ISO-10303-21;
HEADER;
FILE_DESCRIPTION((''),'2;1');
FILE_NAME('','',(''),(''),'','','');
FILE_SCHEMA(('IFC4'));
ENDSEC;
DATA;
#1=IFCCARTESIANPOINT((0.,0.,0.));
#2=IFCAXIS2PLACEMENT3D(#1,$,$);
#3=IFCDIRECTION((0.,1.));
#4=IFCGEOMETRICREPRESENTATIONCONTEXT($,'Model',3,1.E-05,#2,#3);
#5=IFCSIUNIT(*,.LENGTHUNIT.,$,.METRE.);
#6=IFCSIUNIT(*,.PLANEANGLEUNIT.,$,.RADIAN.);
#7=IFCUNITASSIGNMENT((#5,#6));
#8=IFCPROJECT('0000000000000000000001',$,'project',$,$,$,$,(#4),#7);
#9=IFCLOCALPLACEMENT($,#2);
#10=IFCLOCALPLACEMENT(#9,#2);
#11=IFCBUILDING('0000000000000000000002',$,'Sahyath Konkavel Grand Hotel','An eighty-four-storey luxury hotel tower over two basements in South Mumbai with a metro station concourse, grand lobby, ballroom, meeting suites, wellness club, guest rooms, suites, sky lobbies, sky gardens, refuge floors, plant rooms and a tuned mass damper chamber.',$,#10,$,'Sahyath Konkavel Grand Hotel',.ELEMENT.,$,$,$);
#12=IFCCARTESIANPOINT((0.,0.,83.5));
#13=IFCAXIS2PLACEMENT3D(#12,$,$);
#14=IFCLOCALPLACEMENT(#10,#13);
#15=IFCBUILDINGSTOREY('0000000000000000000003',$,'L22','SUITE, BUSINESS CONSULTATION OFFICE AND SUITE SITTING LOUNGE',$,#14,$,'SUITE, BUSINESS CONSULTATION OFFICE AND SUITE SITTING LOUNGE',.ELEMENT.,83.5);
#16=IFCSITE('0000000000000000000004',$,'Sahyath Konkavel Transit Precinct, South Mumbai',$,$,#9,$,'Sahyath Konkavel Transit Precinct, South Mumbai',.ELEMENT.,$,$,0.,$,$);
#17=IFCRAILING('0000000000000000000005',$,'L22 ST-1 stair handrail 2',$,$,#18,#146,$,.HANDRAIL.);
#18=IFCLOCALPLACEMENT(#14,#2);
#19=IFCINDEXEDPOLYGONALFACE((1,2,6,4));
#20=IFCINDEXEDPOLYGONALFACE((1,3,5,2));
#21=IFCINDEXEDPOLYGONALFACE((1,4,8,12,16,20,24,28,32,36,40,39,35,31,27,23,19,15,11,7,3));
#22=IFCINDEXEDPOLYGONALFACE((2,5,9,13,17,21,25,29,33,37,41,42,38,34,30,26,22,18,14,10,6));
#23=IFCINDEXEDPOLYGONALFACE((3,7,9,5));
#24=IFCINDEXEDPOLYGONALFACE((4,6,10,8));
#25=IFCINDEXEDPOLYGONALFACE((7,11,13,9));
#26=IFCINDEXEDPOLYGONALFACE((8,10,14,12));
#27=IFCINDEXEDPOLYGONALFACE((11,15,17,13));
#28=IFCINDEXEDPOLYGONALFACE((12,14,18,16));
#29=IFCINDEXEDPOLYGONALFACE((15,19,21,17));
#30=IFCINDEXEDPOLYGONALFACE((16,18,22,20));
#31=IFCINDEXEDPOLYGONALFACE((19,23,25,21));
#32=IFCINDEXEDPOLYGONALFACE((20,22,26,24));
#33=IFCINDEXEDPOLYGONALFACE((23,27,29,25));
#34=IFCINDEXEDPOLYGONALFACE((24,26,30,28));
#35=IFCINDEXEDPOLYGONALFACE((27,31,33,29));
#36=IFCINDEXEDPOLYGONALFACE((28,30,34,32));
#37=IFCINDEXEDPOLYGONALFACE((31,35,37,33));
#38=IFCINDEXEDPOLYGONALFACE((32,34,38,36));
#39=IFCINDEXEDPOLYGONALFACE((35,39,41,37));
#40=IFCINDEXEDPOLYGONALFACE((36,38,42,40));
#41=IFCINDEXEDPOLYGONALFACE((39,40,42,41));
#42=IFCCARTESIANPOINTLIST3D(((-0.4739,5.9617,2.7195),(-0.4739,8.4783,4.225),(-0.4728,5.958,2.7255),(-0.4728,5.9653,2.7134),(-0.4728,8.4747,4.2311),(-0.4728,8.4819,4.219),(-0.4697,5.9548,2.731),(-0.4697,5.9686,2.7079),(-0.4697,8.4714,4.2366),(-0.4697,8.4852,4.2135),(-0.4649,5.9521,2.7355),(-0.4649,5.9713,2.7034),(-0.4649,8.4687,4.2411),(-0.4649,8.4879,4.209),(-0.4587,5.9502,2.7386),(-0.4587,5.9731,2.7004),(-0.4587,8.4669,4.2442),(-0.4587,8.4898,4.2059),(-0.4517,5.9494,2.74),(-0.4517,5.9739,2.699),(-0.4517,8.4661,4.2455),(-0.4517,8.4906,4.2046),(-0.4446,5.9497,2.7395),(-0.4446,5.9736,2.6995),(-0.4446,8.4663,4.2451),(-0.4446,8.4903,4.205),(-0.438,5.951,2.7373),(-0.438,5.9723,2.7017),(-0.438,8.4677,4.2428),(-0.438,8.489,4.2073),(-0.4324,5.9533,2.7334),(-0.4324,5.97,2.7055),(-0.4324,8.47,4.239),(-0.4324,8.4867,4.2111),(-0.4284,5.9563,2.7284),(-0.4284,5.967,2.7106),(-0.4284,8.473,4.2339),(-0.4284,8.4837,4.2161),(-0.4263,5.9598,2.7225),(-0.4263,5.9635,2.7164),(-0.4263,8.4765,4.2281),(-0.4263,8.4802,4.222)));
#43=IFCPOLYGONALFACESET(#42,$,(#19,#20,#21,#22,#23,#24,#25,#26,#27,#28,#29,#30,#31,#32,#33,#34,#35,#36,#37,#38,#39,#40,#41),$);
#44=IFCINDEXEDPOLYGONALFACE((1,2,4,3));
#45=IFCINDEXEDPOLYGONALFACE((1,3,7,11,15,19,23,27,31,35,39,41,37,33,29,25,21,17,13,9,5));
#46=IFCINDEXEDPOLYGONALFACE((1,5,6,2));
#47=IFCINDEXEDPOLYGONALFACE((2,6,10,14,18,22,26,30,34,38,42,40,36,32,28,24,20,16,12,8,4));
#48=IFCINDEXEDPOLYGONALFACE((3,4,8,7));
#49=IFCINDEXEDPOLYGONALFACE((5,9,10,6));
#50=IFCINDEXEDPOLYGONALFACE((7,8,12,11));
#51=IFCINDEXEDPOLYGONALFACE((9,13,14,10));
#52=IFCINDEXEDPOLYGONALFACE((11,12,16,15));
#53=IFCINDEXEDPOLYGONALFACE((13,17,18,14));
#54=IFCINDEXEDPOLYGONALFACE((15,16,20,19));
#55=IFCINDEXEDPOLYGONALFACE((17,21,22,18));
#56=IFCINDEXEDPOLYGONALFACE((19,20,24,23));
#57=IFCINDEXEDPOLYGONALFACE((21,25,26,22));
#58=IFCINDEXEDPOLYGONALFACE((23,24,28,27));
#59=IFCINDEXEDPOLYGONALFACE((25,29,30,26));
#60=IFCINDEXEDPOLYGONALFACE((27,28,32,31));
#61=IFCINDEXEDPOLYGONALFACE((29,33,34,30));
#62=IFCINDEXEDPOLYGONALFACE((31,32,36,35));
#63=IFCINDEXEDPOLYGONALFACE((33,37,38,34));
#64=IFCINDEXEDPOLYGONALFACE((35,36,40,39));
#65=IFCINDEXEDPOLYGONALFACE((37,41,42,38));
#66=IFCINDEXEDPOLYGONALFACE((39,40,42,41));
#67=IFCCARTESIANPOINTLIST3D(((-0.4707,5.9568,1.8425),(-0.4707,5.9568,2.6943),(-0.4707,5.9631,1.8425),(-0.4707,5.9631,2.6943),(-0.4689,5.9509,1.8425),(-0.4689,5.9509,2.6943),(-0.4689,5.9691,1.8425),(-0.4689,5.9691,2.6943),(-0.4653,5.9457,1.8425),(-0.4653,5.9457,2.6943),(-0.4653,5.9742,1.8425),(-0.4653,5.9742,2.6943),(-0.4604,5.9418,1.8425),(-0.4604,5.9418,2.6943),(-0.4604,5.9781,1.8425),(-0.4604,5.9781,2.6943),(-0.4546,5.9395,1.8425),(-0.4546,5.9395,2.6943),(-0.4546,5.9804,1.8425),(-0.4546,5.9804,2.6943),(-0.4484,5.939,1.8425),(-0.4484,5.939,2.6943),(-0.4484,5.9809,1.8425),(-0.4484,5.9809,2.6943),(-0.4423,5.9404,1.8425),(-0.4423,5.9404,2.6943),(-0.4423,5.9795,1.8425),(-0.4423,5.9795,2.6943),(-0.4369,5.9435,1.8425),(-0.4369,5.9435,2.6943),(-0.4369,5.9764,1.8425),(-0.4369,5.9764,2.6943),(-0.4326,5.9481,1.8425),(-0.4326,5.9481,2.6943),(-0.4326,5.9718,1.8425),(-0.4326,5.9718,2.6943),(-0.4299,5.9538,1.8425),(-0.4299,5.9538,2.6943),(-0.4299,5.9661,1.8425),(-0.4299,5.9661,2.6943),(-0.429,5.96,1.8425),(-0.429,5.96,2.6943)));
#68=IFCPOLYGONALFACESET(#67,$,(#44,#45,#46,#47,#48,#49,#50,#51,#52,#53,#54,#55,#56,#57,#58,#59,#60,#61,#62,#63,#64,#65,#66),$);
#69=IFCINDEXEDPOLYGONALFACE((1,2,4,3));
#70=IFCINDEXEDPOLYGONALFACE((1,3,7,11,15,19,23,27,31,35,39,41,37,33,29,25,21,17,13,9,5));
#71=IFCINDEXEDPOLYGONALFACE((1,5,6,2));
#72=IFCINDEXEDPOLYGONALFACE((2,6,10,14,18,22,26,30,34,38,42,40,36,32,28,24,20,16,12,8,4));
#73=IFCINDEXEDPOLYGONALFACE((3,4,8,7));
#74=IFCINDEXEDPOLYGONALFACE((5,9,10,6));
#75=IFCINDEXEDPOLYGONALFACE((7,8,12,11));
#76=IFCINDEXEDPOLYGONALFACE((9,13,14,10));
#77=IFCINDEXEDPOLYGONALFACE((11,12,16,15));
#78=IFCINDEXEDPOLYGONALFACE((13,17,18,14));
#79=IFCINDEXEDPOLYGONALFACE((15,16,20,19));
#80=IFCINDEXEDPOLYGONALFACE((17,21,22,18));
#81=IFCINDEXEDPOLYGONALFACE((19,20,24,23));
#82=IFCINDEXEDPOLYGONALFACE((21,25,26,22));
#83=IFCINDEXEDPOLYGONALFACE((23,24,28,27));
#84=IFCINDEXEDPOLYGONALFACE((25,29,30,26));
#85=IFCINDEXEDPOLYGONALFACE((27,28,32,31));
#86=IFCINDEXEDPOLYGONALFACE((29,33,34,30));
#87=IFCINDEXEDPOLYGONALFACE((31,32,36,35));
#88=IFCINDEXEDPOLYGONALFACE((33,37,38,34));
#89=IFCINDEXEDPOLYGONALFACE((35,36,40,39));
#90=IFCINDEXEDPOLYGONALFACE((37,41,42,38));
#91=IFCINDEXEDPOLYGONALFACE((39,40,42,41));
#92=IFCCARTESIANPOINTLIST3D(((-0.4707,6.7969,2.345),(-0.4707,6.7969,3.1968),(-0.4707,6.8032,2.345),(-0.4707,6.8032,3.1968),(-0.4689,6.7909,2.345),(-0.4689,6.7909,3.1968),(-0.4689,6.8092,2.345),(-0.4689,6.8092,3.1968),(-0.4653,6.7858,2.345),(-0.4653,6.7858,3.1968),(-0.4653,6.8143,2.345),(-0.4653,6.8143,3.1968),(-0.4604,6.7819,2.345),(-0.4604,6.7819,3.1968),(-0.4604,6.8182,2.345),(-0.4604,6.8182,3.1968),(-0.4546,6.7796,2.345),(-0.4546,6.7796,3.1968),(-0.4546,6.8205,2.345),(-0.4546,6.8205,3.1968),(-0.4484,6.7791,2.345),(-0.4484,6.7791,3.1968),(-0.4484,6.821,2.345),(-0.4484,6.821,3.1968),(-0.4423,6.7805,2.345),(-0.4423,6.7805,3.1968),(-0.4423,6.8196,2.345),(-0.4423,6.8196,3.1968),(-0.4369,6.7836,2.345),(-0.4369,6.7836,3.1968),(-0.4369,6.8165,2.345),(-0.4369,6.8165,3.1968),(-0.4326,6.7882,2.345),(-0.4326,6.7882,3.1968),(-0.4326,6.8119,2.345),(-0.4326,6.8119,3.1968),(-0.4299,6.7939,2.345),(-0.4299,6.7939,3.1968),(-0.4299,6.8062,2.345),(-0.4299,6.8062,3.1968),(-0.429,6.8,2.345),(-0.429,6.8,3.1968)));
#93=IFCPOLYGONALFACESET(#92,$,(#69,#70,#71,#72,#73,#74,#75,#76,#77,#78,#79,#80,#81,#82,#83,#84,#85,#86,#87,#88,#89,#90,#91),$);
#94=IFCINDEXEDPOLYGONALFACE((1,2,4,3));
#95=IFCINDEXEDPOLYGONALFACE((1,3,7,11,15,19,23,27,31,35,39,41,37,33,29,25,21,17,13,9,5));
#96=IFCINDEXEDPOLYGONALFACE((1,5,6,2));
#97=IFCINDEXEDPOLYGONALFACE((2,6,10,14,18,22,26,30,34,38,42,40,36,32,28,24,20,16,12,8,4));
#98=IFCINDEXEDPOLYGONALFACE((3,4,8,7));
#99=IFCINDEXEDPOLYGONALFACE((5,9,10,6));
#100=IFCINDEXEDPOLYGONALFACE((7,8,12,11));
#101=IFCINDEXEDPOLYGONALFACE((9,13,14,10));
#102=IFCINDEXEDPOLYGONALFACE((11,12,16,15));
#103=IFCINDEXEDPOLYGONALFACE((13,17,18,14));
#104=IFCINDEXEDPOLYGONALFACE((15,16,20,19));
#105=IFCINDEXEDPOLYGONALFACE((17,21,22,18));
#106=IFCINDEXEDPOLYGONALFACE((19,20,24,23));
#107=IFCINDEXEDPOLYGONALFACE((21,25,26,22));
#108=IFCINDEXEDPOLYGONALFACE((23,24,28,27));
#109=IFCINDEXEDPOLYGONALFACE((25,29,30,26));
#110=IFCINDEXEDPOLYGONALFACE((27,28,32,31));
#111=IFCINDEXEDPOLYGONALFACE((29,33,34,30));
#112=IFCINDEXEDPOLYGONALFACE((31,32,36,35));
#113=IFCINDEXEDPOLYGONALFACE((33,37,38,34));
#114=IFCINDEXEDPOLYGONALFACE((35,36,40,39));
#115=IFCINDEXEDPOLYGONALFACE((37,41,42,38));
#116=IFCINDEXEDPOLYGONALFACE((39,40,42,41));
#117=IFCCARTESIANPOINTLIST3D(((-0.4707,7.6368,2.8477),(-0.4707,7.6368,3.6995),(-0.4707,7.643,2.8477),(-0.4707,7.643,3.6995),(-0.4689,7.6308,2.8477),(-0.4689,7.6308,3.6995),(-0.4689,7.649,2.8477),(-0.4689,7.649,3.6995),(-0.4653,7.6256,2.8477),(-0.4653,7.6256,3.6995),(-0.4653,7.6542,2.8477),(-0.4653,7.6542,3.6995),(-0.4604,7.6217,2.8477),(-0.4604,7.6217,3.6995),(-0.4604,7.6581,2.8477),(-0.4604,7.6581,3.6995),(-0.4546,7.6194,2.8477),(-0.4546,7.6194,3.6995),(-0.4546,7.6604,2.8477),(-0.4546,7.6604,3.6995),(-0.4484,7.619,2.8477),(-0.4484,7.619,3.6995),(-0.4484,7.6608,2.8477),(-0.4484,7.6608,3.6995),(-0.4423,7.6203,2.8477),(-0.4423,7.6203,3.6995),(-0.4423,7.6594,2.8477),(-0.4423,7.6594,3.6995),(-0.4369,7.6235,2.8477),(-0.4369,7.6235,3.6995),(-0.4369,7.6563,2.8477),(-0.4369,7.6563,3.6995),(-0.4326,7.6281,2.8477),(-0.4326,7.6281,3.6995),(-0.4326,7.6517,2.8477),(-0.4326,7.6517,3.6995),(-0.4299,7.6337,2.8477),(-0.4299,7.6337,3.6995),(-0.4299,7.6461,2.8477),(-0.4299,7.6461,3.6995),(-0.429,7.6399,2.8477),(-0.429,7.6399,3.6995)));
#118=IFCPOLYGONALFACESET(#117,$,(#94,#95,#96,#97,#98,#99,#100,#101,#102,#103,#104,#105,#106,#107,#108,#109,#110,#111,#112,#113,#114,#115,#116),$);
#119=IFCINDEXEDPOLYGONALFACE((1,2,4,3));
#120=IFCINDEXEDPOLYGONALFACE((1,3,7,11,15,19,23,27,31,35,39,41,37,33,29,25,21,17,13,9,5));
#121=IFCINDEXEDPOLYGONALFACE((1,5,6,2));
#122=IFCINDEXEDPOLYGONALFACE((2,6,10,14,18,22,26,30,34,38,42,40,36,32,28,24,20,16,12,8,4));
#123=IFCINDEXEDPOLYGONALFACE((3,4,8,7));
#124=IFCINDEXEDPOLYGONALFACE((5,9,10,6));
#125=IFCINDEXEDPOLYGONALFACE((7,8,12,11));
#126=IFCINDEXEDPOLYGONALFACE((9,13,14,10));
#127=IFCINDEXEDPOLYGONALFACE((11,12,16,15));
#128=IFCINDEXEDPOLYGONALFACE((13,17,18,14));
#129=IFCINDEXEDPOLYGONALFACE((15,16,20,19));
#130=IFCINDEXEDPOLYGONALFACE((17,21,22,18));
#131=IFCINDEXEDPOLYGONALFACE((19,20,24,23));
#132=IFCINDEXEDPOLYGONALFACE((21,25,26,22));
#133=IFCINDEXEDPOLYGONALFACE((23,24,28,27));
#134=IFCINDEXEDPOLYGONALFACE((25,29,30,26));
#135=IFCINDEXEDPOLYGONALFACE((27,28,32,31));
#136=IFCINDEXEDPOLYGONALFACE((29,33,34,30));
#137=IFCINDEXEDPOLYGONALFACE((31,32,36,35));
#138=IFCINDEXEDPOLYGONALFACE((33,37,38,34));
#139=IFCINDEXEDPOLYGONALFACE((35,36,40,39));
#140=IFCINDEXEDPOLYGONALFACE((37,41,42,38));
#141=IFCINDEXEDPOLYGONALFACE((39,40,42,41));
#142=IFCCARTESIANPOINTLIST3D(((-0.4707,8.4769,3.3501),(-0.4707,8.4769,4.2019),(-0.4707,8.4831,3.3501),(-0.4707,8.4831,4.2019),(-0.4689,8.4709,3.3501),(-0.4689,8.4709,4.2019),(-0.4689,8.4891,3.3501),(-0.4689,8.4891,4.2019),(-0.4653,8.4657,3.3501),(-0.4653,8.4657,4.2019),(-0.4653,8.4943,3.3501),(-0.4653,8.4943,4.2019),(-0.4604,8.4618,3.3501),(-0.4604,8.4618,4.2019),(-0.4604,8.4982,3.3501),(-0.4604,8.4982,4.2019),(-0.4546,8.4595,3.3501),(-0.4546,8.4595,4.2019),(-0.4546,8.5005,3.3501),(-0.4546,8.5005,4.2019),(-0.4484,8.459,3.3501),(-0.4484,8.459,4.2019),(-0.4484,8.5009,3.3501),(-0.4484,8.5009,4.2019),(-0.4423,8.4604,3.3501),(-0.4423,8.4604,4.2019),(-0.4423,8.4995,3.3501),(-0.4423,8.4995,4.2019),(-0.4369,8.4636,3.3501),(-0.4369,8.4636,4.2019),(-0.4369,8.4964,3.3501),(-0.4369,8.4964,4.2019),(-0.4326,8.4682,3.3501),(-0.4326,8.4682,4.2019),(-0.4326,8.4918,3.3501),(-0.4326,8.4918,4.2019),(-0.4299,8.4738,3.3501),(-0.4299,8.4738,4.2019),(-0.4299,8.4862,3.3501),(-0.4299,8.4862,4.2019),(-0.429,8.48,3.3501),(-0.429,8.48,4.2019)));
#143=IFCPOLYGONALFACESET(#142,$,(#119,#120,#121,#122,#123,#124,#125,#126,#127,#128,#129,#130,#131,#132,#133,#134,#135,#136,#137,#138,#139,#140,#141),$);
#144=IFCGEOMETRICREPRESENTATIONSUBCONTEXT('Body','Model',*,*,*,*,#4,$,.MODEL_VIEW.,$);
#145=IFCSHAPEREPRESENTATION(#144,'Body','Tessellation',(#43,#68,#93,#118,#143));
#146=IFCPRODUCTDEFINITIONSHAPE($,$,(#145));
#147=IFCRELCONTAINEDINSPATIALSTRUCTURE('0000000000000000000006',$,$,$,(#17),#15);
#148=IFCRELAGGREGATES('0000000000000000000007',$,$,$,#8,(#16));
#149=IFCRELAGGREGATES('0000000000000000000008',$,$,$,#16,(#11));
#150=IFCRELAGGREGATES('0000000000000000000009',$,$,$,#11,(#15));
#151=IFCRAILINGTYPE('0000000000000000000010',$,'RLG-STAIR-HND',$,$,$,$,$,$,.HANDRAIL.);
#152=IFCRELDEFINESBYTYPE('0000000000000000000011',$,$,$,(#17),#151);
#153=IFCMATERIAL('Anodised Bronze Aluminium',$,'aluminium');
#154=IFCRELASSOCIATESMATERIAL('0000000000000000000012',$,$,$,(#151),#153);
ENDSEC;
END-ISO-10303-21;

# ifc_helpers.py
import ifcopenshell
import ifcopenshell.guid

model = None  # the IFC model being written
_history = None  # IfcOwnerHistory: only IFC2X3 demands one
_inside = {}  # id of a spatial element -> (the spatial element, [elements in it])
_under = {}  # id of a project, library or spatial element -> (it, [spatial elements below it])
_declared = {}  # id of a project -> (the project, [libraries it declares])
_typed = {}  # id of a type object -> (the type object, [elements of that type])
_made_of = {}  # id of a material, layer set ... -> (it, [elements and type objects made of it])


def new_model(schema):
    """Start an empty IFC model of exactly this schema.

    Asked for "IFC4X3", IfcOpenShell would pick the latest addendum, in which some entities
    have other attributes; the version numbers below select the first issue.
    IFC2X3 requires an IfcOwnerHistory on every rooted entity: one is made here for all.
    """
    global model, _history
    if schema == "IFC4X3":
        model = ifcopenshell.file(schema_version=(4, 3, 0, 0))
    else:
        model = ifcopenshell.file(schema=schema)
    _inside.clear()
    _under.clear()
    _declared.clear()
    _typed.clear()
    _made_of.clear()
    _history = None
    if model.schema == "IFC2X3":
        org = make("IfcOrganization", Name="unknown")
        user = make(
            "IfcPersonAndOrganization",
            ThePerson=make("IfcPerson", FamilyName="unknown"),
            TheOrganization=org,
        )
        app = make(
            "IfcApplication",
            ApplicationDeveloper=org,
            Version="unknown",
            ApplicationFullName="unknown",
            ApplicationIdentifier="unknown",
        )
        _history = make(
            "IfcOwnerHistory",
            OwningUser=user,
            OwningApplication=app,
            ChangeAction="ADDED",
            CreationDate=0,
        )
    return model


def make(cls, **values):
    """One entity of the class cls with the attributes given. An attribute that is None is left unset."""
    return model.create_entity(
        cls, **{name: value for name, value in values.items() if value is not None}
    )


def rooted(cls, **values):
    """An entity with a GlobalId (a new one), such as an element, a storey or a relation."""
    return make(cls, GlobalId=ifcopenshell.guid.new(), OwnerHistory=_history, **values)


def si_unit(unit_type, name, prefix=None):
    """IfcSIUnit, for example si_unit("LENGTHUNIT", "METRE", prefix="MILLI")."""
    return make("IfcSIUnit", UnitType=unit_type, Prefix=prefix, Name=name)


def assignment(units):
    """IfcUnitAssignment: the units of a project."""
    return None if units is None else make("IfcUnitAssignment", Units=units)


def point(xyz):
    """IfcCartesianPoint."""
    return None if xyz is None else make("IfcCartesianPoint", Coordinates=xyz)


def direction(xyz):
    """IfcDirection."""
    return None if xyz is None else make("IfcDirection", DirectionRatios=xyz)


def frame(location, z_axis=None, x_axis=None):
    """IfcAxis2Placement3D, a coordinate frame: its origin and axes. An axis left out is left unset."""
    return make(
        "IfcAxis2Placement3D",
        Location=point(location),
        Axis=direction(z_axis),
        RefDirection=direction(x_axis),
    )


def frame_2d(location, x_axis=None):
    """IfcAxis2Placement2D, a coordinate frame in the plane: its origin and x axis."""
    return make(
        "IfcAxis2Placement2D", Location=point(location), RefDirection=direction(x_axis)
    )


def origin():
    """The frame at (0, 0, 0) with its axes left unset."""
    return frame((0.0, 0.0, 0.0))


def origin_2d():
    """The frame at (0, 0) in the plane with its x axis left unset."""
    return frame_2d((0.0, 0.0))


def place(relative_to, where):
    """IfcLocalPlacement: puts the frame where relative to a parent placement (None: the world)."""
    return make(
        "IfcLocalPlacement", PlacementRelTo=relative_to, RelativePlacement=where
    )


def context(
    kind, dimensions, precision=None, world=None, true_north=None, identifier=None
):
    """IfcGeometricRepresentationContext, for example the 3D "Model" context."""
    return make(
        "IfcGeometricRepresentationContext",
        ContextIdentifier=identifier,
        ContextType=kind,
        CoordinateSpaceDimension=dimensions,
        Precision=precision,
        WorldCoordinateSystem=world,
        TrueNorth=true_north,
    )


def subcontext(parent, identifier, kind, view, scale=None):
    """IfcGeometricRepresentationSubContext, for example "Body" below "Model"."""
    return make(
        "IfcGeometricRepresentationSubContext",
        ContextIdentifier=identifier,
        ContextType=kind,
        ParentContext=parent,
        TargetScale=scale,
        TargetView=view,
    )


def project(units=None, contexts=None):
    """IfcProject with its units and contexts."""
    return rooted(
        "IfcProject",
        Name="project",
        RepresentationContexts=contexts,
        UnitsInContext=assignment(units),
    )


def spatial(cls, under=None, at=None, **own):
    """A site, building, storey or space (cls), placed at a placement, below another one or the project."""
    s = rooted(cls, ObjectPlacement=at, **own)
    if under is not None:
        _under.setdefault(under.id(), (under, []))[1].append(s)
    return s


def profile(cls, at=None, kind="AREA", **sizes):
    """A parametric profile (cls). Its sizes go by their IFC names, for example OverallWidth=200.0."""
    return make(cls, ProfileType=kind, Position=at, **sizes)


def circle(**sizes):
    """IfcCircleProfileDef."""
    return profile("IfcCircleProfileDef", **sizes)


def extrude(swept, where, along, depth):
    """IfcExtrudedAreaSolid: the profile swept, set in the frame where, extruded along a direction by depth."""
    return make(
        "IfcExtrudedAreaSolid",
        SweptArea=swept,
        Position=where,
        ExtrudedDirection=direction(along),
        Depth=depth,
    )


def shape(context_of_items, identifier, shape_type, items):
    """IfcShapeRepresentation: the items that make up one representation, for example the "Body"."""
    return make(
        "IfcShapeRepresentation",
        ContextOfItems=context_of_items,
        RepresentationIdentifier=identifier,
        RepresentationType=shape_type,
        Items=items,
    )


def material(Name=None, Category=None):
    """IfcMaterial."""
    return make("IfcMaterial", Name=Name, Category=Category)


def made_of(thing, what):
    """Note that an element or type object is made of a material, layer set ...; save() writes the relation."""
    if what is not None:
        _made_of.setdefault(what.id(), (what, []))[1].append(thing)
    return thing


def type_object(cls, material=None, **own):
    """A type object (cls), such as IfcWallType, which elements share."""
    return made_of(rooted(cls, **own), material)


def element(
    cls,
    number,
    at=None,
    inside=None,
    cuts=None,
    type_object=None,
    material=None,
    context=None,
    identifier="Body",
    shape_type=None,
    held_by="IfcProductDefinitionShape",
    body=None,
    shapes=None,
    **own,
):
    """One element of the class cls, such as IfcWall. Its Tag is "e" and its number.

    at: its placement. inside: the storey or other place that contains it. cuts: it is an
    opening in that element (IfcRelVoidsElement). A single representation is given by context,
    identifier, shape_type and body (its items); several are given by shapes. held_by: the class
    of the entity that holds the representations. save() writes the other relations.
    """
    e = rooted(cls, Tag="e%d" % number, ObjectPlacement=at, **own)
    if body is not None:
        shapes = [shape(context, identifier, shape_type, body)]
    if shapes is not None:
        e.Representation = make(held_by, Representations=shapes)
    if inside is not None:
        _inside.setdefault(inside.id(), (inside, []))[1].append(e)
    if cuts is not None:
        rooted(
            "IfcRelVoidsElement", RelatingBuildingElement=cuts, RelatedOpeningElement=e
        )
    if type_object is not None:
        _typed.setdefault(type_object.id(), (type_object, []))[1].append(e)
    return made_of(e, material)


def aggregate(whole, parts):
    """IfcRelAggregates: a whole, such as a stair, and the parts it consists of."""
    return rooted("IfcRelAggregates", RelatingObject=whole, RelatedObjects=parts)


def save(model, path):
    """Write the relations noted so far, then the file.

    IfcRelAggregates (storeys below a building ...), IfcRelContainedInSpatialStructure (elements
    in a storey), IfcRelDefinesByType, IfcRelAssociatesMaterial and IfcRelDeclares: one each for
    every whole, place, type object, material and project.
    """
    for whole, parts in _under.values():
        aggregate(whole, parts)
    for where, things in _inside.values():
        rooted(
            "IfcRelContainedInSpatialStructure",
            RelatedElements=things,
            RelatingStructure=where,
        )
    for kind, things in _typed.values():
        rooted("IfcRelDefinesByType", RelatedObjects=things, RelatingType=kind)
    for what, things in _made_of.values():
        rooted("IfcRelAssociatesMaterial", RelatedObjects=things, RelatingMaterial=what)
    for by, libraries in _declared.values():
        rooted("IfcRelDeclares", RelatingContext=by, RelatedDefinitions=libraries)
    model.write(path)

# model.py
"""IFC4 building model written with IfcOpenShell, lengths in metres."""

from ifc_helpers import new_model, si_unit, direction, frame, origin, origin_2d, place, context, subcontext, project, spatial, circle, extrude, material, type_object, element, save


model = new_model("IFC4")

# Units and contexts
model_context = context("Model", 3, precision=1e-05, world=origin(), true_north=direction((0.0, 1.0)))
body_context = subcontext(model_context, "Body", "Model", "MODEL_VIEW")
ifc_project = project(units=[si_unit("LENGTHUNIT", "METRE"), si_unit("PLANEANGLEUNIT", "RADIAN")], contexts=[model_context])

# Site, building, storey
site_placement = place(None, origin())
site = spatial("IfcSite", under=ifc_project, at=site_placement, Name="Sahyath Konkavel Transit Precinct, South Mumbai", LongName="Sahyath Konkavel Transit Precinct, South Mumbai", CompositionType="ELEMENT", RefElevation=0.0)
building_placement = place(site_placement, origin())
building = spatial("IfcBuilding", under=site, at=building_placement, Name="Sahyath Konkavel Grand Hotel", Description="An eighty-four-storey luxury hotel tower over two basements in South Mumbai with a metro station concourse, grand lobby, ballroom, meeting suites, wellness club, guest rooms, suites, sky lobbies, sky gardens, refuge floors, plant rooms and a tuned mass damper chamber.", LongName="Sahyath Konkavel Grand Hotel", CompositionType="ELEMENT")
storey_placement = place(building_placement, frame((0.0, 0.0, 83.5)))
storey = spatial("IfcBuildingStorey", under=building, at=storey_placement, Name="L22", Description="SUITE, BUSINESS CONSULTATION OFFICE AND SUITE SITTING LOUNGE", LongName="SUITE, BUSINESS CONSULTATION OFFICE AND SUITE SITTING LOUNGE", CompositionType="ELEMENT", Elevation=83.5)

# Shared definitions
ifc_material_1 = material(Name="Anodised Bronze Aluminium", Category="aluminium")

# Railing
railing_type_1 = type_object("IfcRailingType", Name="RLG-STAIR-HND", PredefinedType="HANDRAIL", material=ifc_material_1)
railing_1_placement = place(storey_placement, frame((-0.45, 5.96, 1.8425)))
element("IfcRailing", 1, at=railing_1_placement, inside=storey, type_object=railing_type_1, Name="L22 ST-1 stair handrail 2", PredefinedType="HANDRAIL", context=body_context, shape_type="SweptSolid", body=[
    extrude(circle(Radius=0.0239, at=origin_2d()), frame((0.0, 0.0017, 0.877), z_axis=(0.0, 0.85816, 0.513383), x_axis=(-1.0, 0.0, 0.0)), (0.0, 0.0, 1.0), 2.9326),
    extrude(circle(Radius=0.021, at=origin_2d()), origin(), (0.0, 0.0, 1.0), 0.8518),
    extrude(circle(Radius=0.021, at=origin_2d()), frame((0.0, 0.8401, 0.5024)), (0.0, 0.0, 1.0), 0.8518),
    extrude(circle(Radius=0.021, at=origin_2d()), frame((0.0, 1.6799, 1.0051)), (0.0, 0.0, 1.0), 0.8518),
    extrude(circle(Radius=0.021, at=origin_2d()), frame((0.0, 2.52, 1.5076)), (0.0, 0.0, 1.0), 0.8518),
])

save(model, "model.ifc")
